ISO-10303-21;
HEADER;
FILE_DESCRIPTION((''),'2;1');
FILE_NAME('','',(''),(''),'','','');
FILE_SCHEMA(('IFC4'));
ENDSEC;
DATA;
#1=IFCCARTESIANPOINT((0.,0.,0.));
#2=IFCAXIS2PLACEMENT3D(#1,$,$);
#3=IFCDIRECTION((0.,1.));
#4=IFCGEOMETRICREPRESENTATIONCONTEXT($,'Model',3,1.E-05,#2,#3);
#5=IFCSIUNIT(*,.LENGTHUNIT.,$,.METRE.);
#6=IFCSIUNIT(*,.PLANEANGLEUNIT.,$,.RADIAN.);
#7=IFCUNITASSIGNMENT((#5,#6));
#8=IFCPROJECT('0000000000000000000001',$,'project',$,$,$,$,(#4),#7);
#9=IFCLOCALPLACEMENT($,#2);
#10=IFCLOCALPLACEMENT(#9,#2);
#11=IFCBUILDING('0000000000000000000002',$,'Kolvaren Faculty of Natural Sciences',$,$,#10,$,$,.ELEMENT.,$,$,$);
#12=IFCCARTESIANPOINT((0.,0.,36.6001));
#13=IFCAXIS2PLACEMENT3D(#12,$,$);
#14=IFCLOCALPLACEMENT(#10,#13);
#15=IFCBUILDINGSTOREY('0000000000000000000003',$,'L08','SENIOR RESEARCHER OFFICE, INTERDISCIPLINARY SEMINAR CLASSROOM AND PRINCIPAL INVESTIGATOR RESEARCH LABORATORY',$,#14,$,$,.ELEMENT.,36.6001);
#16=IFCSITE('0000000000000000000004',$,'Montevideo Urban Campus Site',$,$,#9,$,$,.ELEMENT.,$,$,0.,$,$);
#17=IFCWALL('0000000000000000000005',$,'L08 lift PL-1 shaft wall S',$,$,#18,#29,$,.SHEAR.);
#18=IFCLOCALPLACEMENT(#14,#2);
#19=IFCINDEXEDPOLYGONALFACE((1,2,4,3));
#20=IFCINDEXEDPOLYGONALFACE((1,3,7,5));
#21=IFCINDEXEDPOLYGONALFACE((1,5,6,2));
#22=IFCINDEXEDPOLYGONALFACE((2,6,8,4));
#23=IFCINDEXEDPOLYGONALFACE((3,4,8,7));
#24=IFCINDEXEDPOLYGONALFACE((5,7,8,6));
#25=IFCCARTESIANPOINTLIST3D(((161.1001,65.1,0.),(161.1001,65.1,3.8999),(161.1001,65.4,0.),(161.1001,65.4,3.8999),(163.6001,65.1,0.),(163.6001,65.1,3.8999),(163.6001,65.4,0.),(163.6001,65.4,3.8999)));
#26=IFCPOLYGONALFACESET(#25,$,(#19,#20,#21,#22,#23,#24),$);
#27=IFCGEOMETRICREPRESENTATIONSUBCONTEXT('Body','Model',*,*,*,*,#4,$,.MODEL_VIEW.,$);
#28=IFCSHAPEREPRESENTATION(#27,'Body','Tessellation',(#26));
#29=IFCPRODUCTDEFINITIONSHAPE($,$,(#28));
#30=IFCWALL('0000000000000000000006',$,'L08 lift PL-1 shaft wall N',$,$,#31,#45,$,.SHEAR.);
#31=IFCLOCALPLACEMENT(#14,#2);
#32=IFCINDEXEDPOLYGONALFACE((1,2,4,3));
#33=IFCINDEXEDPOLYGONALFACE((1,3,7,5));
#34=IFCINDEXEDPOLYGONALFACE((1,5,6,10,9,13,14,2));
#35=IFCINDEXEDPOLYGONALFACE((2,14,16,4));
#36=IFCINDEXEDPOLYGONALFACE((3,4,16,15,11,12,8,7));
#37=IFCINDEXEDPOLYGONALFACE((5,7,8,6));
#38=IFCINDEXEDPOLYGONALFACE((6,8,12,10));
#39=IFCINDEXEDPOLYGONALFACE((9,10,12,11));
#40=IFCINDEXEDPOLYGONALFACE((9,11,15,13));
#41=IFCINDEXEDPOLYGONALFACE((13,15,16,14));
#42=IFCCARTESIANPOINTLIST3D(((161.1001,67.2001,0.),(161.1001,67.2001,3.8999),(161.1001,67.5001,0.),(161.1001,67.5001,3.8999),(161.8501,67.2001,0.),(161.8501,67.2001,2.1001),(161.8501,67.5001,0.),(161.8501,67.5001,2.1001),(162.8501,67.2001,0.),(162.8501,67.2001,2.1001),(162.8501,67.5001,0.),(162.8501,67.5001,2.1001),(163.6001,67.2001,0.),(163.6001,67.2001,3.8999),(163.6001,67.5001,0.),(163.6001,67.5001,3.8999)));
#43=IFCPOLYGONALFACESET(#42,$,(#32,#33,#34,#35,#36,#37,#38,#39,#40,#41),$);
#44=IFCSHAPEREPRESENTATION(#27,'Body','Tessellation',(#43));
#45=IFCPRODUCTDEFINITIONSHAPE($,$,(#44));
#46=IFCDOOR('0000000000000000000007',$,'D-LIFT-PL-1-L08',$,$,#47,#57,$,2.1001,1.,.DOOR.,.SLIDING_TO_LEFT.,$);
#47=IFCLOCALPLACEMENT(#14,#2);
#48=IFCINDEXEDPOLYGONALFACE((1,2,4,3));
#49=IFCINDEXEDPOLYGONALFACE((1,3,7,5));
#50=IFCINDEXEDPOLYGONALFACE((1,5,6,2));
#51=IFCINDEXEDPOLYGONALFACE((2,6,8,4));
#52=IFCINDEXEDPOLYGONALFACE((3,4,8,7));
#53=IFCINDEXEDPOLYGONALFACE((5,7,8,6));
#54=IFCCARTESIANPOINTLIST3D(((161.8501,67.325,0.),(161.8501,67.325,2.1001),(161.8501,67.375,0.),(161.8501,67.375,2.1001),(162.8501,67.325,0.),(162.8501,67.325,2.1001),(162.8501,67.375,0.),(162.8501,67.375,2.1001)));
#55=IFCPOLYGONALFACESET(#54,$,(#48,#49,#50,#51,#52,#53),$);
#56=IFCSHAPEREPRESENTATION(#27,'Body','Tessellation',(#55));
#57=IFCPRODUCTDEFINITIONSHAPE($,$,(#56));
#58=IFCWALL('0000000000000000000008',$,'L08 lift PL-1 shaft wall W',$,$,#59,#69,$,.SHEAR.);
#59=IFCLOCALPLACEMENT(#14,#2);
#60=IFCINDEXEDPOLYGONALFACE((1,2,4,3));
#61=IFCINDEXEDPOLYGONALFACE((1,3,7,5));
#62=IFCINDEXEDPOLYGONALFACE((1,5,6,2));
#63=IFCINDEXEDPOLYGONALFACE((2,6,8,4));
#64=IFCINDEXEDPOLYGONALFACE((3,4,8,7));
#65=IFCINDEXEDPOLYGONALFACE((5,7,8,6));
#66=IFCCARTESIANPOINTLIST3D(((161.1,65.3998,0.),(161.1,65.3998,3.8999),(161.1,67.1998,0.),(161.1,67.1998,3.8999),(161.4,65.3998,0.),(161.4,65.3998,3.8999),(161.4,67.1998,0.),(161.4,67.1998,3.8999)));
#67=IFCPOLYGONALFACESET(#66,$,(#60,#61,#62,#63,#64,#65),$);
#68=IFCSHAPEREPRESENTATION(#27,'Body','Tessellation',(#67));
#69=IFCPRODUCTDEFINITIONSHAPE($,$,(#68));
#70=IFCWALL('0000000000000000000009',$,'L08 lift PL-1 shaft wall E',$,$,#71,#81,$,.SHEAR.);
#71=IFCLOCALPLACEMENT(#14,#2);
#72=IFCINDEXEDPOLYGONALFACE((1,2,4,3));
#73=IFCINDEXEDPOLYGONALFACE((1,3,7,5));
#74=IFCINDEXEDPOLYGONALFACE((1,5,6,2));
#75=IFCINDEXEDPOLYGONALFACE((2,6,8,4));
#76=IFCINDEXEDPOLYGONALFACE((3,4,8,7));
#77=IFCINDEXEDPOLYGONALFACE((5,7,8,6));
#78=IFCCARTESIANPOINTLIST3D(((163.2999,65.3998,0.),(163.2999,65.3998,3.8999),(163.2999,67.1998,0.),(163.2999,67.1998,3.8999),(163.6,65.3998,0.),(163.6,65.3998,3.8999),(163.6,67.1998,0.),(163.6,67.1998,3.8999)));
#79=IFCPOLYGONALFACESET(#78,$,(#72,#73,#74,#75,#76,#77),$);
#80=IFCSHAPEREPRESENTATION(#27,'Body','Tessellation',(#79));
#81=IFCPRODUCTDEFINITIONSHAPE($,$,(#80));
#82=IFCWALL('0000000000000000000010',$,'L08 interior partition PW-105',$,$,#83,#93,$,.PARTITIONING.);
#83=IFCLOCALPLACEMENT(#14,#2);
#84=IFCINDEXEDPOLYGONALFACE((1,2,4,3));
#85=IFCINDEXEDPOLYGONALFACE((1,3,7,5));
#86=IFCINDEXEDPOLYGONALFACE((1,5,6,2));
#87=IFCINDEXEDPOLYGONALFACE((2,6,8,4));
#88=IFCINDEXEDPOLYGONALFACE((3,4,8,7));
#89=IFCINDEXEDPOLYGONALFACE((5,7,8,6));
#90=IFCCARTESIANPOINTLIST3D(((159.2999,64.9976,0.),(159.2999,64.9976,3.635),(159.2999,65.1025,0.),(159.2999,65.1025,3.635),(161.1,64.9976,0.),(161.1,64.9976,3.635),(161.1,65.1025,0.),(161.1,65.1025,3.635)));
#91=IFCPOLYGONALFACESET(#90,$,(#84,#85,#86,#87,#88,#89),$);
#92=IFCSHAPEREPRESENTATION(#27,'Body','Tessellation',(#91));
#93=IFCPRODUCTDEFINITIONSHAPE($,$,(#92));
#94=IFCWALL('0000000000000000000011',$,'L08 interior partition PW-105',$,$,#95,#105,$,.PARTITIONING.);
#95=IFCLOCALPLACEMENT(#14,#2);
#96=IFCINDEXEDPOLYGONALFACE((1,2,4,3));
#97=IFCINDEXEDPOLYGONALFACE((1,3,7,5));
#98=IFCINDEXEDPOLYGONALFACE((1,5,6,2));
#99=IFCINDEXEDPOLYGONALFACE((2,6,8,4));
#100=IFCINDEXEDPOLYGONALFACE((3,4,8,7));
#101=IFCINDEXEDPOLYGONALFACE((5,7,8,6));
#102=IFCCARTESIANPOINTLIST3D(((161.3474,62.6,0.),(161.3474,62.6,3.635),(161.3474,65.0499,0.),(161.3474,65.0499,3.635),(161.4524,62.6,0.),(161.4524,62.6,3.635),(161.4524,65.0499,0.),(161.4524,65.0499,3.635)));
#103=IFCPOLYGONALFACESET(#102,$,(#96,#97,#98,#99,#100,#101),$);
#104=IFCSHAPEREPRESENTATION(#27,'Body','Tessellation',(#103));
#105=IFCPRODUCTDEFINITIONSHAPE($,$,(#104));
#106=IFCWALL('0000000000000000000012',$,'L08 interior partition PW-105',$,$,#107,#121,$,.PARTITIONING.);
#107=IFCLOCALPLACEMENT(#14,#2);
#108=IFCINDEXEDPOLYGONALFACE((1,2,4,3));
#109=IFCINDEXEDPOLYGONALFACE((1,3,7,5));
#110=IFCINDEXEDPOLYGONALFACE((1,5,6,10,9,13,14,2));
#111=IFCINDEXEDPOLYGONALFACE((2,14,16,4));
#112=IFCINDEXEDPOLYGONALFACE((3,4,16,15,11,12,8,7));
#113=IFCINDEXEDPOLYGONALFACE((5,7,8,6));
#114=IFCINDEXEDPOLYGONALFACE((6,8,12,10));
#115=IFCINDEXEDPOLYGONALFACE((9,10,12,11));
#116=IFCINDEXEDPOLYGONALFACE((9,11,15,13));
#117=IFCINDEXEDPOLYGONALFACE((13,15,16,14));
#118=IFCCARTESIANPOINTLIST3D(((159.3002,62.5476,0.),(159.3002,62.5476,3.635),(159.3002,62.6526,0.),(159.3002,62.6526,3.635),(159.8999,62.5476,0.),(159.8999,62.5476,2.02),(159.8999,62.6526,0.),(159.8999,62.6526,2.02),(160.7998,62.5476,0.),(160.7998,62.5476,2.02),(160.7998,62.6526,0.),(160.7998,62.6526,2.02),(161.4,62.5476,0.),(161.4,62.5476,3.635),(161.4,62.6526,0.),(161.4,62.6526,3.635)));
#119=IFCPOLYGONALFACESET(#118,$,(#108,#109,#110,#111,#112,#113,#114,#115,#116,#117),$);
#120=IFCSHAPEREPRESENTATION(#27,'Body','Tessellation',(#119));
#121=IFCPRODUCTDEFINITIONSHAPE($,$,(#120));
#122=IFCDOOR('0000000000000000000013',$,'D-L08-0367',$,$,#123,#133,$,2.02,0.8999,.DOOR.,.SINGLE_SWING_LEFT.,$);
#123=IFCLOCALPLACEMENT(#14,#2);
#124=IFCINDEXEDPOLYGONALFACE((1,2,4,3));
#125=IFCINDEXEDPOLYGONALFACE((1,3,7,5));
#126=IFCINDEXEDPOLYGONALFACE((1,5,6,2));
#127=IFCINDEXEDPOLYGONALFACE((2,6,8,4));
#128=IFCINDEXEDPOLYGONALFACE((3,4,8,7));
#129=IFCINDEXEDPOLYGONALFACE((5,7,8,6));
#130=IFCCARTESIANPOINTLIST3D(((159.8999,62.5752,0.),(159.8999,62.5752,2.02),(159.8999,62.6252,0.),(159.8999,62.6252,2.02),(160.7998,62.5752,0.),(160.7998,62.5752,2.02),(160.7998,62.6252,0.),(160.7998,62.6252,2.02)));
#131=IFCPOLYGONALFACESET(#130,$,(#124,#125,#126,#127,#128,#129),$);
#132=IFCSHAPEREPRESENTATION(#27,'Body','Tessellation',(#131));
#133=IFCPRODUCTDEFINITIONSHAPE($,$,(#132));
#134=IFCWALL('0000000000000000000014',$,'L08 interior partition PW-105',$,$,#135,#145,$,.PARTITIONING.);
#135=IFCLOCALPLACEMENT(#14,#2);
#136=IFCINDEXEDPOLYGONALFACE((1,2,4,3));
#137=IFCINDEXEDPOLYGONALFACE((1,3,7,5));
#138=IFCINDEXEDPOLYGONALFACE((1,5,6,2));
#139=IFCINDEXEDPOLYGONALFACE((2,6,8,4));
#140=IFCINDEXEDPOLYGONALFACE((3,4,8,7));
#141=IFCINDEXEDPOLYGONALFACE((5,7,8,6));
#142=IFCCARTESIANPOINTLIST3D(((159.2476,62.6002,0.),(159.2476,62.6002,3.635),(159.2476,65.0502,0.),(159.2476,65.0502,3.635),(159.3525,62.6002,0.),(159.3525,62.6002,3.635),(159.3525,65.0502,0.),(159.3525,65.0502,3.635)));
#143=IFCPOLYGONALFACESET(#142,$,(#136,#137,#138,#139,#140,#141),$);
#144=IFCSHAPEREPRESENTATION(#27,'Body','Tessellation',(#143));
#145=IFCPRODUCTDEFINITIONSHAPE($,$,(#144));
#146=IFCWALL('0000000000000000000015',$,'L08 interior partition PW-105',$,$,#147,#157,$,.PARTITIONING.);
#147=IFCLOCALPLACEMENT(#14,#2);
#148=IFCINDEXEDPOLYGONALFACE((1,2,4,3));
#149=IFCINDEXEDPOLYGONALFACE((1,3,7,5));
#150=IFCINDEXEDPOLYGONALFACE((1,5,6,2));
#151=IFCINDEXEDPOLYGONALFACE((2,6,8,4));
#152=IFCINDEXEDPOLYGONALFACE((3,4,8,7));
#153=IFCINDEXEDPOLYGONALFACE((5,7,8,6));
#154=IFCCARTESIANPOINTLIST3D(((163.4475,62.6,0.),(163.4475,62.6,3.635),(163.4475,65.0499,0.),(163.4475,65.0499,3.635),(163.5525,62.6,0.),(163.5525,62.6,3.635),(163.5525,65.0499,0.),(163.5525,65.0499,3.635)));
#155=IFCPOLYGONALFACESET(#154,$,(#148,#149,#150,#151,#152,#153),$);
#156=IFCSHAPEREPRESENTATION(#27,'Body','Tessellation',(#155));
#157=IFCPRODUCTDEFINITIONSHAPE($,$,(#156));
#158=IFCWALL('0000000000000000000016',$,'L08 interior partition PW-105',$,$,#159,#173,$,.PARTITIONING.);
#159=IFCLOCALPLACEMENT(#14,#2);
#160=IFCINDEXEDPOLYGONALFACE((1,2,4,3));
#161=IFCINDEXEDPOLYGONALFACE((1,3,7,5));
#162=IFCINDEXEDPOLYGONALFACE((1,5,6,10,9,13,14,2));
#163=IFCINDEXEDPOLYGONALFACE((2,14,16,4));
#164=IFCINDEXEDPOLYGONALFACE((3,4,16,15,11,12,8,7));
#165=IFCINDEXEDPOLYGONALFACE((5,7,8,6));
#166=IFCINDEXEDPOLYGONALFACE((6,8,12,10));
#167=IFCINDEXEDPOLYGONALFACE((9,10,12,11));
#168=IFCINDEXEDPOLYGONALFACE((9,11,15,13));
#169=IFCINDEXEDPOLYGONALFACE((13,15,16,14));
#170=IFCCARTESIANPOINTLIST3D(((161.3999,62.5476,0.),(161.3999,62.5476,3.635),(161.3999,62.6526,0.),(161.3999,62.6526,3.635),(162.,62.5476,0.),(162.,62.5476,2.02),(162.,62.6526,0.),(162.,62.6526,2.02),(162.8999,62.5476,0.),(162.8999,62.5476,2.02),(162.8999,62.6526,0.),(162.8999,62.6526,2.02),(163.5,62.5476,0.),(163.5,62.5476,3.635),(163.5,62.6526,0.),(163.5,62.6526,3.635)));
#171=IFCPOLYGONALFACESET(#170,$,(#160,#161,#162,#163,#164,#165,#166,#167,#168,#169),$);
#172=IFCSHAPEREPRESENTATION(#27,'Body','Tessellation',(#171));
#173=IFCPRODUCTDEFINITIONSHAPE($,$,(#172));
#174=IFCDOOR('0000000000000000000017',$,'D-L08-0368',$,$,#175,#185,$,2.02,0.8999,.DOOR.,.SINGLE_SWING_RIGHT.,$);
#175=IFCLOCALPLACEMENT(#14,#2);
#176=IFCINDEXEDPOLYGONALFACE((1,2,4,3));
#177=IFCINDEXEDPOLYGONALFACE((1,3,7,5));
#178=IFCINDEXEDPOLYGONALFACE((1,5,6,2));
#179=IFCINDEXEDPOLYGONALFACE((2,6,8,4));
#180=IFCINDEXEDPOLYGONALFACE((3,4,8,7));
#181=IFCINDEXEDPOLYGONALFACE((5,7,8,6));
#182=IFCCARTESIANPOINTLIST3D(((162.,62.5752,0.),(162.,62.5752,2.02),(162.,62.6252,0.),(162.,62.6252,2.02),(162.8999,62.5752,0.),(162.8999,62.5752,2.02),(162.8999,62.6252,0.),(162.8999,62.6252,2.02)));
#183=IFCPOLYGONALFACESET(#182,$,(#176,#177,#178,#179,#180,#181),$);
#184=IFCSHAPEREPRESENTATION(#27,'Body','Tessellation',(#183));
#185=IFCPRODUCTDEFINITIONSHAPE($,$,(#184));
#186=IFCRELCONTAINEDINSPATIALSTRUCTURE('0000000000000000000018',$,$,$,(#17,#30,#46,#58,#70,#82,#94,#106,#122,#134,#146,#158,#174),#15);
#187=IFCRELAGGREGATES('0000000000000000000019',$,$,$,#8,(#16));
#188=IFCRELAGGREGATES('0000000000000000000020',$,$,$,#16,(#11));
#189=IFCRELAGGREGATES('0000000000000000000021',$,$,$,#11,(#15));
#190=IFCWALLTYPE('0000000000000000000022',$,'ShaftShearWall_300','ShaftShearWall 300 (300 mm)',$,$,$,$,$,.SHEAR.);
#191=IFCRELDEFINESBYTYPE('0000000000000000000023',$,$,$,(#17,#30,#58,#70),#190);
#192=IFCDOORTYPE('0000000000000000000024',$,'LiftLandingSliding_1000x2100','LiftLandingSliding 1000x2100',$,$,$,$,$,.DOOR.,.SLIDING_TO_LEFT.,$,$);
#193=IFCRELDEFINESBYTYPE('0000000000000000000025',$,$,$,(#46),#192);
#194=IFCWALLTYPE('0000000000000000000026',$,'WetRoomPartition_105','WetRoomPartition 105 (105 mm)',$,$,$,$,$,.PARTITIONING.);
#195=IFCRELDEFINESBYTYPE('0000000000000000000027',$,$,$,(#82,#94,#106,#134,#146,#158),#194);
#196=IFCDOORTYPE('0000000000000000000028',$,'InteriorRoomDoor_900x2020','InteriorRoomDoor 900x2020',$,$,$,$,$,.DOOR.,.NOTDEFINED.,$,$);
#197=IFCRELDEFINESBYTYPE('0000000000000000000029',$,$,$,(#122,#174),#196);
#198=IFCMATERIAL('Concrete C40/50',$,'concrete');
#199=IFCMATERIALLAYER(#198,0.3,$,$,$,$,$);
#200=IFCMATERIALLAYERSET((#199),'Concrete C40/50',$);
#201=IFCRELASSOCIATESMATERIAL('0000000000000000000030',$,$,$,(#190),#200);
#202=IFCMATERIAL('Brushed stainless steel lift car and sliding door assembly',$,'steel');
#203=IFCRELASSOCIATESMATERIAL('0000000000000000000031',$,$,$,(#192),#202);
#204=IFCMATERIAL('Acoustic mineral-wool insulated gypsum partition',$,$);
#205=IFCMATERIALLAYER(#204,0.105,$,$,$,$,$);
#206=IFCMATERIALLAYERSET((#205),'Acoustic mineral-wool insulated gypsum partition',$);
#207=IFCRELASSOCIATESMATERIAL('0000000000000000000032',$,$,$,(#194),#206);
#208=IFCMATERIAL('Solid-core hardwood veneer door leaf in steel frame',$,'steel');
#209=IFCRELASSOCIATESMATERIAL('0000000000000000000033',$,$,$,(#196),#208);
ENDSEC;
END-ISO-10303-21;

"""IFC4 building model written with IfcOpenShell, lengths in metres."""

from ifc_helpers import new_model, si_unit, direction, frame, frame_2d, origin, place, context, subcontext, project, spatial, rectangle, extrude, material, layer, layer_set, type_object, element, fill, save


model = new_model("IFC4")

# Units and contexts
model_context = context("Model", 3, precision=1e-05, world=origin(), true_north=direction((0.0, 1.0)))
body_context = subcontext(model_context, "Body", "Model", "MODEL_VIEW")
ifc_project = project(units=[si_unit("LENGTHUNIT", "METRE"), si_unit("PLANEANGLEUNIT", "RADIAN")], contexts=[model_context])

# Site, building, storey
site_placement = place(None, origin())
site = spatial("IfcSite", under=ifc_project, at=site_placement, Name="Montevideo Urban Campus Site", CompositionType="ELEMENT", RefElevation=0.0)
building_placement = place(site_placement, origin())
building = spatial("IfcBuilding", under=site, at=building_placement, Name="Kolvaren Faculty of Natural Sciences", CompositionType="ELEMENT")
storey_placement = place(building_placement, frame((0.0, 0.0, 36.6001)))
storey = spatial("IfcBuildingStorey", under=building, at=storey_placement, Name="L08", Description="SENIOR RESEARCHER OFFICE, INTERDISCIPLINARY SEMINAR CLASSROOM AND PRINCIPAL INVESTIGATOR RESEARCH LABORATORY", CompositionType="ELEMENT", Elevation=36.6001)

# Shared definitions
ifc_material_1 = material(Name="Acoustic mineral-wool insulated gypsum partition")

# Wall
ifc_material_2 = material(Name="Concrete C40/50", Category="concrete")
ifc_layer_1 = layer(ifc_material_2, 0.3)
ifc_layer_set_1 = layer_set([ifc_layer_1], Name="Concrete C40/50")
wall_type_1 = type_object("IfcWallType", Name="ShaftShearWall_300", Description="ShaftShearWall 300 (300 mm)", PredefinedType="SHEAR", material=ifc_layer_set_1)
wall_1_placement = place(storey_placement, frame((161.1001, 65.25, 0.0), z_axis=(0.0, 0.0, 1.0), x_axis=(1.0, 0.0, 0.0)))
element("IfcWall", 1, at=wall_1_placement, inside=storey, type_object=wall_type_1, Name="L08 lift PL-1 shaft wall S", PredefinedType="SHEAR", context=body_context, shape_type="SweptSolid", body=[
    extrude(rectangle(XDim=2.5, YDim=0.3, at=frame_2d((1.25, 0.0))), origin(), (0.0, 0.0, 1.0), 3.8999),
])

# Wall, opening, door
wall_2_placement = place(storey_placement, frame((161.1001, 67.3501, 0.0), z_axis=(0.0, 0.0, 1.0), x_axis=(1.0, 0.0, 0.0)))
wall_2 = element("IfcWall", 2, at=wall_2_placement, inside=storey, type_object=wall_type_1, Name="L08 lift PL-1 shaft wall N", PredefinedType="SHEAR", context=body_context, shape_type="SweptSolid", body=[
    extrude(rectangle(XDim=2.5, YDim=0.3, at=frame_2d((1.25, 0.0))), origin(), (0.0, 0.0, 1.0), 3.8999),
])
opening_1_placement = place(wall_2_placement, frame((0.75, 0.0, 0.0)))
opening_1 = element("IfcOpeningElement", 3, at=opening_1_placement, cuts=wall_2, PredefinedType="OPENING", context=body_context, shape_type="SweptSolid", body=[
    extrude(rectangle(XDim=1.0, YDim=2.1001, at=frame_2d((0.5, 1.05))), frame((0.0, 0.1599, 0.0), z_axis=(0.0, -1.0, 0.0), x_axis=(1.0, 0.0, 0.0)), (0.0, 0.0, 1.0), 0.3201),
])
ifc_material_3 = material(Name="Brushed stainless steel lift car and sliding door assembly", Category="steel")
door_type_1 = type_object("IfcDoorType", Name="LiftLandingSliding_1000x2100", Description="LiftLandingSliding 1000x2100", OperationType="SLIDING_TO_LEFT", PredefinedType="DOOR", material=ifc_material_3)
door_1_placement = place(opening_1_placement, origin())
door_1 = element("IfcDoor", 4, at=door_1_placement, inside=storey, type_object=door_type_1, Name="D-LIFT-PL-1-L08", OperationType="SLIDING_TO_LEFT", OverallHeight=2.1001, OverallWidth=1.0, PredefinedType="DOOR", context=body_context, shape_type="SweptSolid", body=[
    extrude(rectangle(XDim=1.0, YDim=2.1001, at=frame_2d((0.5, 1.05))), frame((0.0, 0.0249, 0.0), z_axis=(0.0, -1.0, 0.0), x_axis=(1.0, 0.0, 0.0)), (0.0, 0.0, 1.0), 0.05),
])
fill(opening_1, door_1)

# Walls
for number, where, z_axis, x_axis, name in (
    (5, (161.25, 65.3999, 0.0), (0.0, 0.0, 1.0), (0.0, 1.0, 0.0), "L08 lift PL-1 shaft wall W"),
    (6, (163.45, 65.3999, 0.0), (0.0, 0.0, 1.0), (0.0, 1.0, 0.0), "L08 lift PL-1 shaft wall E"),
):
    element("IfcWall", number, at=place(storey_placement, frame(where, z_axis=z_axis, x_axis=x_axis)), inside=storey, type_object=wall_type_1, Name=name, PredefinedType="SHEAR", context=body_context, shape_type="SweptSolid", body=[
        extrude(rectangle(XDim=1.8, YDim=0.3, at=frame_2d((0.8999, 0.0))), origin(), (0.0, 0.0, 1.0), 3.8999),
    ])
ifc_layer_2 = layer(ifc_material_1, 0.105)
ifc_layer_set_2 = layer_set([ifc_layer_2], Name="Acoustic mineral-wool insulated gypsum partition")
wall_type_2 = type_object("IfcWallType", Name="WetRoomPartition_105", Description="WetRoomPartition 105 (105 mm)", PredefinedType="PARTITIONING", material=ifc_layer_set_2)
wall_3_placement = place(storey_placement, frame((159.3, 65.05, 0.0), z_axis=(0.0, 0.0, 1.0), x_axis=(1.0, 0.0, 0.0)))
element("IfcWall", 7, at=wall_3_placement, inside=storey, type_object=wall_type_2, Name="L08 interior partition PW-105", PredefinedType="PARTITIONING", context=body_context, shape_type="SweptSolid", body=[
    extrude(rectangle(XDim=1.8, YDim=0.105, at=frame_2d((0.8999, 0.0))), origin(), (0.0, 0.0, 1.0), 3.635),
])
wall_4_placement = place(storey_placement, frame((161.3999, 65.05, 0.0), z_axis=(0.0, 0.0, 1.0), x_axis=(0.0, -1.0, 0.0)))
element("IfcWall", 8, at=wall_4_placement, inside=storey, type_object=wall_type_2, Name="L08 interior partition PW-105", PredefinedType="PARTITIONING", context=body_context, shape_type="SweptSolid", body=[
    extrude(rectangle(XDim=2.45, YDim=0.105, at=frame_2d((1.2251, 0.0))), origin(), (0.0, 0.0, 1.0), 3.635),
])

# Wall, opening, door
wall_5_placement = place(storey_placement, frame((161.3999, 62.6001, 0.0), z_axis=(0.0, 0.0, 1.0), x_axis=(-1.0, 0.0, 0.0)))
wall_5 = element("IfcWall", 9, at=wall_5_placement, inside=storey, type_object=wall_type_2, Name="L08 interior partition PW-105", PredefinedType="PARTITIONING", context=body_context, shape_type="SweptSolid", body=[
    extrude(rectangle(XDim=2.0999, YDim=0.105, at=frame_2d((1.0498, 0.0))), origin(), (0.0, 0.0, 1.0), 3.635),
])
opening_2_placement = place(wall_5_placement, frame((0.6001, 0.0, 0.0)))
opening_2 = element("IfcOpeningElement", 10, at=opening_2_placement, cuts=wall_5, PredefinedType="OPENING", context=body_context, shape_type="SweptSolid", body=[
    extrude(rectangle(XDim=0.8999, YDim=2.02, at=frame_2d((0.45, 1.01))), frame((0.0, 0.0625, 0.0), z_axis=(0.0, -1.0, 0.0), x_axis=(1.0, 0.0, 0.0)), (0.0, 0.0, 1.0), 0.125),
])
ifc_material_4 = material(Name="Solid-core hardwood veneer door leaf in steel frame", Category="steel")
door_type_2 = type_object("IfcDoorType", Name="InteriorRoomDoor_900x2020", Description="InteriorRoomDoor 900x2020", OperationType="NOTDEFINED", PredefinedType="DOOR", material=ifc_material_4)
door_2_placement = place(opening_2_placement, origin())
door_2 = element("IfcDoor", 11, at=door_2_placement, inside=storey, type_object=door_type_2, Name="D-L08-0367", OperationType="SINGLE_SWING_LEFT", OverallHeight=2.02, OverallWidth=0.8999, PredefinedType="DOOR", context=body_context, shape_type="SweptSolid", body=[
    extrude(rectangle(XDim=0.8999, YDim=2.02, at=frame_2d((0.45, 1.01))), frame((0.0, 0.0249, 0.0), z_axis=(0.0, -1.0, 0.0), x_axis=(1.0, 0.0, 0.0)), (0.0, 0.0, 1.0), 0.05),
])
fill(opening_2, door_2)

# Walls
for number, where, z_axis, x_axis, name in (
    (12, (159.3, 62.6001, 0.0), (0.0, 0.0, 1.0), (0.0, 1.0, 0.0), "L08 interior partition PW-105"),
    (13, (163.5, 65.05, 0.0), (0.0, 0.0, 1.0), (0.0, -1.0, 0.0), "L08 interior partition PW-105"),
):
    element("IfcWall", number, at=place(storey_placement, frame(where, z_axis=z_axis, x_axis=x_axis)), inside=storey, type_object=wall_type_2, Name=name, PredefinedType="PARTITIONING", context=body_context, shape_type="SweptSolid", body=[
        extrude(rectangle(XDim=2.45, YDim=0.105, at=frame_2d((1.2251, 0.0))), origin(), (0.0, 0.0, 1.0), 3.635),
    ])

# Wall, opening, door
wall_6_placement = place(storey_placement, frame((163.5, 62.6001, 0.0), z_axis=(0.0, 0.0, 1.0), x_axis=(-1.0, 0.0, 0.0)))
wall_6 = element("IfcWall", 14, at=wall_6_placement, inside=storey, type_object=wall_type_2, Name="L08 interior partition PW-105", PredefinedType="PARTITIONING", context=body_context, shape_type="SweptSolid", body=[
    extrude(rectangle(XDim=2.1001, YDim=0.105, at=frame_2d((1.05, 0.0))), origin(), (0.0, 0.0, 1.0), 3.635),
])
opening_3_placement = place(wall_6_placement, frame((0.6001, 0.0, 0.0)))
opening_3 = element("IfcOpeningElement", 15, at=opening_3_placement, cuts=wall_6, PredefinedType="OPENING", context=body_context, shape_type="SweptSolid", body=[
    extrude(rectangle(XDim=0.8999, YDim=2.02, at=frame_2d((0.45, 1.01))), frame((0.0, 0.0625, 0.0), z_axis=(0.0, -1.0, 0.0), x_axis=(1.0, 0.0, 0.0)), (0.0, 0.0, 1.0), 0.125),
])
door_3_placement = place(opening_3_placement, origin())
door_3 = element("IfcDoor", 16, at=door_3_placement, inside=storey, type_object=door_type_2, Name="D-L08-0368", OperationType="SINGLE_SWING_RIGHT", OverallHeight=2.02, OverallWidth=0.8999, PredefinedType="DOOR", context=body_context, shape_type="SweptSolid", body=[
    extrude(rectangle(XDim=0.8999, YDim=2.02, at=frame_2d((0.45, 1.01))), frame((0.0, 0.0249, 0.0), z_axis=(0.0, -1.0, 0.0), x_axis=(1.0, 0.0, 0.0)), (0.0, 0.0, 1.0), 0.05),
])
fill(opening_3, door_3)

save(model, "model.ifc")
